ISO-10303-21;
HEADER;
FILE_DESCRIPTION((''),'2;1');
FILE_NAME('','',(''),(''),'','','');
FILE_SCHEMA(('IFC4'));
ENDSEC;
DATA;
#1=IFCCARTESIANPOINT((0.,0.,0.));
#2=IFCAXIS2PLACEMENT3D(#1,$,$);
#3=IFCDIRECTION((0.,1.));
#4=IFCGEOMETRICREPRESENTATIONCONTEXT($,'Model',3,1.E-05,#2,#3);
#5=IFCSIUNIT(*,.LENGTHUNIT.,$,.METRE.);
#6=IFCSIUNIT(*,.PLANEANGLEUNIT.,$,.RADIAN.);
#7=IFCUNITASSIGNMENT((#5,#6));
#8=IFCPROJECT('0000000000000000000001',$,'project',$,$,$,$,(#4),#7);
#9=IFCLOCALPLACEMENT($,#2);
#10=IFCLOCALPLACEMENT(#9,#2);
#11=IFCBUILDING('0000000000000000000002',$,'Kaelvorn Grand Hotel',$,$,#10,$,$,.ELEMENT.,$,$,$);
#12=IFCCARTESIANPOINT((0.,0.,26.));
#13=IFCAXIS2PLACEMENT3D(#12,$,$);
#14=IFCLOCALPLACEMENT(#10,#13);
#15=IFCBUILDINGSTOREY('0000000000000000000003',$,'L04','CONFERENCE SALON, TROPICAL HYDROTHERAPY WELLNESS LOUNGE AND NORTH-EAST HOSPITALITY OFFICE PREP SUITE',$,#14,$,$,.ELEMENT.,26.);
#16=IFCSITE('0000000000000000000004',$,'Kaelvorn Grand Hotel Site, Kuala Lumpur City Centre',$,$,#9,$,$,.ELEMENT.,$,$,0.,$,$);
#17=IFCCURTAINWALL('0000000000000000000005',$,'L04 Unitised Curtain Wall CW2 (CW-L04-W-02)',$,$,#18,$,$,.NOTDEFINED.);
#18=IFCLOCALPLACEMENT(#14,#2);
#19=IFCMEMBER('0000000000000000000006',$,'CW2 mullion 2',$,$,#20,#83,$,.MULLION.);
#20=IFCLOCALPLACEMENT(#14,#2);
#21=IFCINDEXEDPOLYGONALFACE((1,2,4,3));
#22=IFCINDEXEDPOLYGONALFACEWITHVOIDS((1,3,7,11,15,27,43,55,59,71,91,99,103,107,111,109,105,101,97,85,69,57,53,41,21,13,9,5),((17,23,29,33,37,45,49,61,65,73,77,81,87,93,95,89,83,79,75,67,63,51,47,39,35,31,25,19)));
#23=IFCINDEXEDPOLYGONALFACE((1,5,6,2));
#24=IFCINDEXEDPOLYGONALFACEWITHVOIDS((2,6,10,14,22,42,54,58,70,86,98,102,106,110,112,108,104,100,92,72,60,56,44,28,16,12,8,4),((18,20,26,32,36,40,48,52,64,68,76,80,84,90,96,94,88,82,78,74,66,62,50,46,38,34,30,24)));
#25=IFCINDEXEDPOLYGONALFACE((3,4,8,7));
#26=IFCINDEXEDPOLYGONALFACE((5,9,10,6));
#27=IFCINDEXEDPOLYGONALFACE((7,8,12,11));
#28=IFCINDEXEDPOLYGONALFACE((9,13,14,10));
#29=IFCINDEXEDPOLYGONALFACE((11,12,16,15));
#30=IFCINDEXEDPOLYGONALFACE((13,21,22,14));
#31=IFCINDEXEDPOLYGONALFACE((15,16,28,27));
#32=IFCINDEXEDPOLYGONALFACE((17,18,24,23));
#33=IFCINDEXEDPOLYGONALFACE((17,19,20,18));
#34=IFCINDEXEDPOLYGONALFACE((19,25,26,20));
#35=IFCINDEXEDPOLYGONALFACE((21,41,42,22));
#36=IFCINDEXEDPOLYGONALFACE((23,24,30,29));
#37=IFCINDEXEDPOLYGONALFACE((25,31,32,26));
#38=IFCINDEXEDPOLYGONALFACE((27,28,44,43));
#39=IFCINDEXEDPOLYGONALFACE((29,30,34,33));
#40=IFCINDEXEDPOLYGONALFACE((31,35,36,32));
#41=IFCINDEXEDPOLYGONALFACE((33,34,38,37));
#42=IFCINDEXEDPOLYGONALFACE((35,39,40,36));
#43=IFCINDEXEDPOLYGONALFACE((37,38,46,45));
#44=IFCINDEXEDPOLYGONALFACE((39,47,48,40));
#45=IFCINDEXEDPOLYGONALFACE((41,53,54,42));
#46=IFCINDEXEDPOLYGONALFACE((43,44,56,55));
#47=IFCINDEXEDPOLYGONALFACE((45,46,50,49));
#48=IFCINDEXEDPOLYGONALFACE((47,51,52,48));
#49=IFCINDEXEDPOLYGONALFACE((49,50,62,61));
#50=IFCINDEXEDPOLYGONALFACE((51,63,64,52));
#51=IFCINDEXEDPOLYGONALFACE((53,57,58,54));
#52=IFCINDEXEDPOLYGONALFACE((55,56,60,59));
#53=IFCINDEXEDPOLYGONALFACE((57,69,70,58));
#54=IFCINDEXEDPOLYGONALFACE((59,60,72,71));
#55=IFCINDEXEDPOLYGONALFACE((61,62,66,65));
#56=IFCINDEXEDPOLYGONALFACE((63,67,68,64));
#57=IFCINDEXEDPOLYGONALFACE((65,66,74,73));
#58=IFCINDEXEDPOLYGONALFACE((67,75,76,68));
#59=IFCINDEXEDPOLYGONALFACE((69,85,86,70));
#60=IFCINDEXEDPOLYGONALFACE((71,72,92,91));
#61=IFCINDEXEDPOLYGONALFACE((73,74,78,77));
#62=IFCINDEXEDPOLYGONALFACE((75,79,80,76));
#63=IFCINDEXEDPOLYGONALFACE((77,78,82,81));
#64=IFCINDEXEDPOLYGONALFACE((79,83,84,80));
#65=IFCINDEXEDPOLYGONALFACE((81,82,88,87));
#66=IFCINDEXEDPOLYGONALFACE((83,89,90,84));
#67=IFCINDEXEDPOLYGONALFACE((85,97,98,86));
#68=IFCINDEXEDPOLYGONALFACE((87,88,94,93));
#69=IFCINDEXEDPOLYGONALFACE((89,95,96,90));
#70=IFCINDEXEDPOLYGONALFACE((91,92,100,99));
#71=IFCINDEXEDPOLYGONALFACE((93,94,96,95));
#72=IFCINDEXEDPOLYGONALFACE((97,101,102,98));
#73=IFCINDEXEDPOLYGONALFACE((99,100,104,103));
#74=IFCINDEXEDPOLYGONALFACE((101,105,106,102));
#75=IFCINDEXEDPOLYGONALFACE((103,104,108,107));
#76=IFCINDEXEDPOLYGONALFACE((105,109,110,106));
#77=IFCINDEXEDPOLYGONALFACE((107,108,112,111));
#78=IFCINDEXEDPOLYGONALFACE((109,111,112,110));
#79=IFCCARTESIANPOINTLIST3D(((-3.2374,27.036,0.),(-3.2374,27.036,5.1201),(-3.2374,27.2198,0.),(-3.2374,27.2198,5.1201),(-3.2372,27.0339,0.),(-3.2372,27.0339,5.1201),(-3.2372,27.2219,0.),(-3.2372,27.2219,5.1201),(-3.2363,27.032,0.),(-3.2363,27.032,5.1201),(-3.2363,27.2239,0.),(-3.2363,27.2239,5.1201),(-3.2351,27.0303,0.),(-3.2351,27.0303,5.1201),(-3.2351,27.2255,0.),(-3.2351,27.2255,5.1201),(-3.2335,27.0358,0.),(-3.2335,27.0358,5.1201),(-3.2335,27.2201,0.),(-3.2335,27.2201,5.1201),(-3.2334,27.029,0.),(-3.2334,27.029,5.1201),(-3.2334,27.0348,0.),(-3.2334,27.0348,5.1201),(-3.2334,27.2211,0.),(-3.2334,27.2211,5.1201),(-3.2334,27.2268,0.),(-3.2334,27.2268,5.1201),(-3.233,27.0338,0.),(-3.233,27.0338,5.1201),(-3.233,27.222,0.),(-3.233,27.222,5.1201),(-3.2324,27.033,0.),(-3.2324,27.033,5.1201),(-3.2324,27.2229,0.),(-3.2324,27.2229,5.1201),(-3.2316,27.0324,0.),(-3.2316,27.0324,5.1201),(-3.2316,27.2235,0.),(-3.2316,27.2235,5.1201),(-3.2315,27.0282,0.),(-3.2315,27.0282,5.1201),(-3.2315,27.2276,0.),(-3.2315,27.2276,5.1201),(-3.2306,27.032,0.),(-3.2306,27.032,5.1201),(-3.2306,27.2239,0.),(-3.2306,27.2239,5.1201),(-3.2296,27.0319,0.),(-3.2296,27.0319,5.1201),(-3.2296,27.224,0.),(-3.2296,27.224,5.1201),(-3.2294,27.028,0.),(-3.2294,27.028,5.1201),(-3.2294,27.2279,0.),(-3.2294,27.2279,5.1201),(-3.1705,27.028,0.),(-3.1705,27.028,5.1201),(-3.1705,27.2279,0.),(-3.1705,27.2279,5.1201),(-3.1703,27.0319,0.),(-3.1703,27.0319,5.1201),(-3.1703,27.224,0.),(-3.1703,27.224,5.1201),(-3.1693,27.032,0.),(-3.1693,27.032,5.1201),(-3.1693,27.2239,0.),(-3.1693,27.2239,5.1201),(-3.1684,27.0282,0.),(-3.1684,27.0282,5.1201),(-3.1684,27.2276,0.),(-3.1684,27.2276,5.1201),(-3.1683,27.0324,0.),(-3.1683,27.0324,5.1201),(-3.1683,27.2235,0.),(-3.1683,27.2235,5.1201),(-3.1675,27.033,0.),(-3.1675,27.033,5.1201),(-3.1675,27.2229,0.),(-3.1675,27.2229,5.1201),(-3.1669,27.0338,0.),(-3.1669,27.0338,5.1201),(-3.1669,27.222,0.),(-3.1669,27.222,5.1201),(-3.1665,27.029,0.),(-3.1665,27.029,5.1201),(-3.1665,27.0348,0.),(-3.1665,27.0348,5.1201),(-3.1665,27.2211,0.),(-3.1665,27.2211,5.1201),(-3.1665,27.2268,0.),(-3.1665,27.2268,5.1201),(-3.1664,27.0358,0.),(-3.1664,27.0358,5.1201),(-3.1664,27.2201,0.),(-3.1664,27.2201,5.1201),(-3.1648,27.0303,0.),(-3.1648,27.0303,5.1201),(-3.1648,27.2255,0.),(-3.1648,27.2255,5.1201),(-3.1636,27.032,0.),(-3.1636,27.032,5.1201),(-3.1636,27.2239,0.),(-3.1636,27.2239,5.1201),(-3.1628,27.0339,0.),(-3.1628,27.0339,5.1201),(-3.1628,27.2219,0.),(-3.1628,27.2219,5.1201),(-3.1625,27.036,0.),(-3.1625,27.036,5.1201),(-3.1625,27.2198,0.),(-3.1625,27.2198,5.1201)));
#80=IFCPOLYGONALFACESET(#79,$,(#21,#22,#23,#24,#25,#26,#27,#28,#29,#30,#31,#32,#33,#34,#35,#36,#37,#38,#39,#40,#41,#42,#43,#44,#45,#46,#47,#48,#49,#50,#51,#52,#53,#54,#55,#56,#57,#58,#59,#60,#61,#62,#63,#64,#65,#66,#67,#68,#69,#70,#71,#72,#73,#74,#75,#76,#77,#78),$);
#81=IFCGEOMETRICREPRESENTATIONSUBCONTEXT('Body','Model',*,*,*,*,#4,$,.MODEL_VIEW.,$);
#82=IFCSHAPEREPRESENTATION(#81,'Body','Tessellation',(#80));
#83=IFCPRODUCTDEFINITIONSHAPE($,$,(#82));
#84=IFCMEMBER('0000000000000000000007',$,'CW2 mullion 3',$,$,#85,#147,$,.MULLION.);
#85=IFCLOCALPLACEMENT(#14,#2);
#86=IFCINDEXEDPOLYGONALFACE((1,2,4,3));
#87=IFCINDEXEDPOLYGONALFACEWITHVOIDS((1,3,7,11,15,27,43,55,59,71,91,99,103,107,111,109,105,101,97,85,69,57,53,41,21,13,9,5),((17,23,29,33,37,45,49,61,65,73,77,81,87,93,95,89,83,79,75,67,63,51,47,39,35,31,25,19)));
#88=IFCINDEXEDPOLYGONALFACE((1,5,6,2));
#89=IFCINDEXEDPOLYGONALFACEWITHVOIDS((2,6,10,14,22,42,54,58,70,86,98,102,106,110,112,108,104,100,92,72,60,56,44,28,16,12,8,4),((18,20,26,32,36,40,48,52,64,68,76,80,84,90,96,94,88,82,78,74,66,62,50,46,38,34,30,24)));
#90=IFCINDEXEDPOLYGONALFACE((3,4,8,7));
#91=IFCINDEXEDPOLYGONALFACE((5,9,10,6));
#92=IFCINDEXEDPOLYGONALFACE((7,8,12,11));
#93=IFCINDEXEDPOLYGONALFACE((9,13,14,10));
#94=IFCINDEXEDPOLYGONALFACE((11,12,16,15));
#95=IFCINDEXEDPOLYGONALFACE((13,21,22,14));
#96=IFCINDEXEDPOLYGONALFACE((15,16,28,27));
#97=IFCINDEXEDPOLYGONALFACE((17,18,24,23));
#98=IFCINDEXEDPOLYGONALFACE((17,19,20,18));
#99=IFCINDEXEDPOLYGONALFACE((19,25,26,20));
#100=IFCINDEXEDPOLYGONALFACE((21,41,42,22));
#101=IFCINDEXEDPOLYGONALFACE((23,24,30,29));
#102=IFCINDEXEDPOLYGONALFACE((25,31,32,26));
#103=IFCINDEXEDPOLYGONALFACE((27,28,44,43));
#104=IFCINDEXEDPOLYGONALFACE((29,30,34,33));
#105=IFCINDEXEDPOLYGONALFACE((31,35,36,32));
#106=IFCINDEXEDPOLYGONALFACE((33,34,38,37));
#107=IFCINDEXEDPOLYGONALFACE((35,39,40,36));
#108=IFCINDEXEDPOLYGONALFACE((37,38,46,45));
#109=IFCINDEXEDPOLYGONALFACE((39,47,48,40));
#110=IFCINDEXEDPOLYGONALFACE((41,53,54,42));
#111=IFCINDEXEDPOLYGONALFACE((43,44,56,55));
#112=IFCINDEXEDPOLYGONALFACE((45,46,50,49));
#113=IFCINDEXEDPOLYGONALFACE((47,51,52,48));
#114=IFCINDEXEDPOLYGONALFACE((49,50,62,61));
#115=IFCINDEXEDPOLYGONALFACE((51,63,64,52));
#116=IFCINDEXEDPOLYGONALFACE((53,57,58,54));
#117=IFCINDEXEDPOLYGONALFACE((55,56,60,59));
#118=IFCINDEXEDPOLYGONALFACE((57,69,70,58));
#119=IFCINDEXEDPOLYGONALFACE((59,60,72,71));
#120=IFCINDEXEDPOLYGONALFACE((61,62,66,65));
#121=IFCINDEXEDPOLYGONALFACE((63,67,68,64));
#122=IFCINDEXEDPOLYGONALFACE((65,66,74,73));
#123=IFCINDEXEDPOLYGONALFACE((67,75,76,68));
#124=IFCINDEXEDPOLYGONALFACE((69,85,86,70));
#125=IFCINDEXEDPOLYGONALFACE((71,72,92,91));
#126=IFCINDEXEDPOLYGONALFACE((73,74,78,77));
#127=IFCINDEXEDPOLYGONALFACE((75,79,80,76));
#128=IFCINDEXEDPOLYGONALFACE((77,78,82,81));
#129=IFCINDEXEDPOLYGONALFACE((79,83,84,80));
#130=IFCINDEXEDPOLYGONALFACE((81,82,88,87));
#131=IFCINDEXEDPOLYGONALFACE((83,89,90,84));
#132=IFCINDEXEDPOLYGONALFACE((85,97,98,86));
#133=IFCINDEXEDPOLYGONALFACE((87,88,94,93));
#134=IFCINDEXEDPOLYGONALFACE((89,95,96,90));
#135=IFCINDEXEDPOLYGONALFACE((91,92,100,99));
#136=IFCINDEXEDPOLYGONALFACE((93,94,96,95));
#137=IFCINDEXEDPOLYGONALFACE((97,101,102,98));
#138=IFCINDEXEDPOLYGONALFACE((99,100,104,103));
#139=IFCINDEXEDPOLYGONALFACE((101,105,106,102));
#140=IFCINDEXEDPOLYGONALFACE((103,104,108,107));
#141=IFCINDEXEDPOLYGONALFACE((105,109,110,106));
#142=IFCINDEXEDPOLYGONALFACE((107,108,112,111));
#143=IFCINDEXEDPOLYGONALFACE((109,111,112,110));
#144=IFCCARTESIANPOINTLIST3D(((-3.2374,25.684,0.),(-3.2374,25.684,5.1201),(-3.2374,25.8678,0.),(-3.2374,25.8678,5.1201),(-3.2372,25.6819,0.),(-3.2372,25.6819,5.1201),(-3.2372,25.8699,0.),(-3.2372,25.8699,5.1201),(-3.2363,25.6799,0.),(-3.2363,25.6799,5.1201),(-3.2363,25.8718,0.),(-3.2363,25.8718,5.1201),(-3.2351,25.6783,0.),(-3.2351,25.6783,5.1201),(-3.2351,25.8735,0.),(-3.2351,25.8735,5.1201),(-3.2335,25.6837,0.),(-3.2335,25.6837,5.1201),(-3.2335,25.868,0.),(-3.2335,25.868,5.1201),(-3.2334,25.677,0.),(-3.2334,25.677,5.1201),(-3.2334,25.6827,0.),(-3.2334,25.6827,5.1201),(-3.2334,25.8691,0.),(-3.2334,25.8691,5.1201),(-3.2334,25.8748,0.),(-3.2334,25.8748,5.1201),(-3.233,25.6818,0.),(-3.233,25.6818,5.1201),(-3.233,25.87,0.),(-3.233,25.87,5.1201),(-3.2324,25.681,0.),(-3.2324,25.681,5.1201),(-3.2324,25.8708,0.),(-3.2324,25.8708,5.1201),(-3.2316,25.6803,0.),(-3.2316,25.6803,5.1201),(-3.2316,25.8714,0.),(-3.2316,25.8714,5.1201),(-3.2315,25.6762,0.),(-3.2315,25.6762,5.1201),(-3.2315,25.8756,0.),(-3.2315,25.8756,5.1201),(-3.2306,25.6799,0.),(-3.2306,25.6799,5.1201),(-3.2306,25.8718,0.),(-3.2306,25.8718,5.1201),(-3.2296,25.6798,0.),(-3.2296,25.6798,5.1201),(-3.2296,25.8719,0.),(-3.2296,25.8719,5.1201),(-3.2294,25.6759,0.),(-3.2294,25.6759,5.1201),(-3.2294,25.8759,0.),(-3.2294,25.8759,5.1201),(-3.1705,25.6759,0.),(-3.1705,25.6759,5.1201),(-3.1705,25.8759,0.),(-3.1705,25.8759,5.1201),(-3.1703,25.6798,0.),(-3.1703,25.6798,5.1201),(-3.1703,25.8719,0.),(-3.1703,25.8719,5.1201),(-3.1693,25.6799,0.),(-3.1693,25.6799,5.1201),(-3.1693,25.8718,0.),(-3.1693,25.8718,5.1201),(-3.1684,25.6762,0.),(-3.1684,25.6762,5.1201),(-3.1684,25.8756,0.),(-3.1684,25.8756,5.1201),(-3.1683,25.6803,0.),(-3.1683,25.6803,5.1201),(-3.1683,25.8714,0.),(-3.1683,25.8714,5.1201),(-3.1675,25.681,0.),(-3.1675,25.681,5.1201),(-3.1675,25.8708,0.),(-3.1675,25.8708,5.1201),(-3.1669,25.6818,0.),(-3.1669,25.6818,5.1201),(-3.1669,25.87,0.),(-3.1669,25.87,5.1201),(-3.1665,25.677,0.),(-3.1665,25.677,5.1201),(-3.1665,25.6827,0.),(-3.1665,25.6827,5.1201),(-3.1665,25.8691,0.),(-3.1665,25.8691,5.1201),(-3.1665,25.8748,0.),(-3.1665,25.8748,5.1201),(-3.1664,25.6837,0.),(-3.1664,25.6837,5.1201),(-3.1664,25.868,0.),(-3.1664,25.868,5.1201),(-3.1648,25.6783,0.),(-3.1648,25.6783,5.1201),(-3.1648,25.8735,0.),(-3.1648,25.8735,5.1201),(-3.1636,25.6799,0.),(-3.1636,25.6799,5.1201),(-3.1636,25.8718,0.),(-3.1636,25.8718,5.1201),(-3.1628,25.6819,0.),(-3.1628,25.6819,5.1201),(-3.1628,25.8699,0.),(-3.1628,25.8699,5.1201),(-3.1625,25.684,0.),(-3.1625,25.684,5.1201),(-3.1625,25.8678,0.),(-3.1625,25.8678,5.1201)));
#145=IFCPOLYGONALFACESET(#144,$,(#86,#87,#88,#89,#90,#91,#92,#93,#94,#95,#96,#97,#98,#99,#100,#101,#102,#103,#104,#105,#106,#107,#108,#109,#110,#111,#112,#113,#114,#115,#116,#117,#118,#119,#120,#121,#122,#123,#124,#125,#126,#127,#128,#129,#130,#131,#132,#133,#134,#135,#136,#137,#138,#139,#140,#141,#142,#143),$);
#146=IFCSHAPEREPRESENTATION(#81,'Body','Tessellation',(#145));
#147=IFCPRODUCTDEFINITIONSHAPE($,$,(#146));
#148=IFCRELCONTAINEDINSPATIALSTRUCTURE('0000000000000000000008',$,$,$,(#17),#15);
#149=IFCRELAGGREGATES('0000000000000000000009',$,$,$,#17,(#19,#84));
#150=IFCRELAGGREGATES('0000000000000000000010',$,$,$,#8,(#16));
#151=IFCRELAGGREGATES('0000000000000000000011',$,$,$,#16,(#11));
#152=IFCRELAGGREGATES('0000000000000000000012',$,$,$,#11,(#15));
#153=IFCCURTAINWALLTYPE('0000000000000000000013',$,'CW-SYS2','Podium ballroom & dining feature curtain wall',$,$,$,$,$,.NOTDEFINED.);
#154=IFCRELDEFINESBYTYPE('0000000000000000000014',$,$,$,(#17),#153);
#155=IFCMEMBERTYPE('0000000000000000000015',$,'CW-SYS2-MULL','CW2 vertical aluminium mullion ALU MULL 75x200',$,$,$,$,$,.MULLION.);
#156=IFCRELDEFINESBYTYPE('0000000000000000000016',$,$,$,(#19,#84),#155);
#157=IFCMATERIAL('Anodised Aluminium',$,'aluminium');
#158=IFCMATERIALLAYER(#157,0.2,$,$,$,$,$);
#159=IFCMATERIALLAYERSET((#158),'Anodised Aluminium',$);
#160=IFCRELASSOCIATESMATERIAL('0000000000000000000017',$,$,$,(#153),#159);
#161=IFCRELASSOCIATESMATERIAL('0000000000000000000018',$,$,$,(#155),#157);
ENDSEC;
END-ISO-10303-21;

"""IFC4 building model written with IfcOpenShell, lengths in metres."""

from ifc_helpers import new_model, si_unit, direction, frame, origin, origin_2d, place, context, subcontext, project, spatial, hollow_rectangle, extrude, material, layer, layer_set, material_profile, profile_set, type_object, element, aggregate, save


model = new_model("IFC4")

# Units and contexts
model_context = context("Model", 3, precision=1e-05, world=origin(), true_north=direction((0.0, 1.0)))
body_context = subcontext(model_context, "Body", "Model", "MODEL_VIEW")
ifc_project = project(units=[si_unit("LENGTHUNIT", "METRE"), si_unit("PLANEANGLEUNIT", "RADIAN")], contexts=[model_context])

# Site, building, storey
site_placement = place(None, origin())
site = spatial("IfcSite", under=ifc_project, at=site_placement, Name="Kaelvorn Grand Hotel Site, Kuala Lumpur City Centre", CompositionType="ELEMENT", RefElevation=0.0)
building_placement = place(site_placement, origin())
building = spatial("IfcBuilding", under=site, at=building_placement, Name="Kaelvorn Grand Hotel", CompositionType="ELEMENT")
storey_placement = place(building_placement, frame((0.0, 0.0, 26.0)))
storey = spatial("IfcBuildingStorey", under=building, at=storey_placement, Name="L04", Description="CONFERENCE SALON, TROPICAL HYDROTHERAPY WELLNESS LOUNGE AND NORTH-EAST HOSPITALITY OFFICE PREP SUITE", CompositionType="ELEMENT", Elevation=26.0)

# Curtain wall, members
ifc_material_1 = material(Name="Anodised Aluminium", Category="aluminium")
ifc_layer_1 = layer(ifc_material_1, 0.2)
ifc_layer_set_1 = layer_set([ifc_layer_1], Name="Anodised Aluminium")
curtain_wall_type = type_object("IfcCurtainWallType", Name="CW-SYS2", Description="Podium ballroom & dining feature curtain wall", PredefinedType="NOTDEFINED", material=ifc_layer_set_1)
curtain_wall_1_placement = place(storey_placement, origin())
curtain_wall_1 = element("IfcCurtainWall", 1, at=curtain_wall_1_placement, inside=storey, type_object=curtain_wall_type, Name="L04 Unitised Curtain Wall CW2 (CW-L04-W-02)", PredefinedType="NOTDEFINED")
ifc_material_profile_1 = material_profile(ifc_material_1, hollow_rectangle(XDim=0.075, YDim=0.2, WallThickness=0.0039, InnerFilletRadius=0.0039, OuterFilletRadius=0.0081, at=origin_2d()), Name="ALU MULL 75x200")
ifc_profile_set_1 = profile_set([ifc_material_profile_1], Name="Anodised Aluminium")
member_type_1 = type_object("IfcMemberType", Name="CW-SYS2-MULL", Description="CW2 vertical aluminium mullion ALU MULL 75x200", PredefinedType="MULLION", material=ifc_profile_set_1)
member_1_placement = place(storey_placement, frame((-3.2, 27.1279, 0.0), z_axis=(0.0, 0.0, 1.0), x_axis=(1.0, 0.0, 0.0)))
member_1 = element("IfcMember", 2, at=member_1_placement, type_object=member_type_1, Name="CW2 mullion 2", PredefinedType="MULLION", context=body_context, shape_type="SweptSolid", body=[
    extrude(hollow_rectangle(XDim=0.075, YDim=0.2, WallThickness=0.0039, InnerFilletRadius=0.0039, OuterFilletRadius=0.0081, at=origin_2d()), origin(), (0.0, 0.0, 1.0), 5.1201),
])
member_2_placement = place(storey_placement, frame((-3.2, 25.7759, 0.0), z_axis=(0.0, 0.0, 1.0), x_axis=(1.0, 0.0, 0.0)))
member_2 = element("IfcMember", 3, at=member_2_placement, type_object=member_type_1, Name="CW2 mullion 3", PredefinedType="MULLION", context=body_context, shape_type="SweptSolid", body=[
    extrude(hollow_rectangle(XDim=0.075, YDim=0.2, WallThickness=0.0039, InnerFilletRadius=0.0039, OuterFilletRadius=0.0081, at=origin_2d()), origin(), (0.0, 0.0, 1.0), 5.1201),
])

aggregate(curtain_wall_1, [member_1, member_2])

save(model, "model.ifc")
